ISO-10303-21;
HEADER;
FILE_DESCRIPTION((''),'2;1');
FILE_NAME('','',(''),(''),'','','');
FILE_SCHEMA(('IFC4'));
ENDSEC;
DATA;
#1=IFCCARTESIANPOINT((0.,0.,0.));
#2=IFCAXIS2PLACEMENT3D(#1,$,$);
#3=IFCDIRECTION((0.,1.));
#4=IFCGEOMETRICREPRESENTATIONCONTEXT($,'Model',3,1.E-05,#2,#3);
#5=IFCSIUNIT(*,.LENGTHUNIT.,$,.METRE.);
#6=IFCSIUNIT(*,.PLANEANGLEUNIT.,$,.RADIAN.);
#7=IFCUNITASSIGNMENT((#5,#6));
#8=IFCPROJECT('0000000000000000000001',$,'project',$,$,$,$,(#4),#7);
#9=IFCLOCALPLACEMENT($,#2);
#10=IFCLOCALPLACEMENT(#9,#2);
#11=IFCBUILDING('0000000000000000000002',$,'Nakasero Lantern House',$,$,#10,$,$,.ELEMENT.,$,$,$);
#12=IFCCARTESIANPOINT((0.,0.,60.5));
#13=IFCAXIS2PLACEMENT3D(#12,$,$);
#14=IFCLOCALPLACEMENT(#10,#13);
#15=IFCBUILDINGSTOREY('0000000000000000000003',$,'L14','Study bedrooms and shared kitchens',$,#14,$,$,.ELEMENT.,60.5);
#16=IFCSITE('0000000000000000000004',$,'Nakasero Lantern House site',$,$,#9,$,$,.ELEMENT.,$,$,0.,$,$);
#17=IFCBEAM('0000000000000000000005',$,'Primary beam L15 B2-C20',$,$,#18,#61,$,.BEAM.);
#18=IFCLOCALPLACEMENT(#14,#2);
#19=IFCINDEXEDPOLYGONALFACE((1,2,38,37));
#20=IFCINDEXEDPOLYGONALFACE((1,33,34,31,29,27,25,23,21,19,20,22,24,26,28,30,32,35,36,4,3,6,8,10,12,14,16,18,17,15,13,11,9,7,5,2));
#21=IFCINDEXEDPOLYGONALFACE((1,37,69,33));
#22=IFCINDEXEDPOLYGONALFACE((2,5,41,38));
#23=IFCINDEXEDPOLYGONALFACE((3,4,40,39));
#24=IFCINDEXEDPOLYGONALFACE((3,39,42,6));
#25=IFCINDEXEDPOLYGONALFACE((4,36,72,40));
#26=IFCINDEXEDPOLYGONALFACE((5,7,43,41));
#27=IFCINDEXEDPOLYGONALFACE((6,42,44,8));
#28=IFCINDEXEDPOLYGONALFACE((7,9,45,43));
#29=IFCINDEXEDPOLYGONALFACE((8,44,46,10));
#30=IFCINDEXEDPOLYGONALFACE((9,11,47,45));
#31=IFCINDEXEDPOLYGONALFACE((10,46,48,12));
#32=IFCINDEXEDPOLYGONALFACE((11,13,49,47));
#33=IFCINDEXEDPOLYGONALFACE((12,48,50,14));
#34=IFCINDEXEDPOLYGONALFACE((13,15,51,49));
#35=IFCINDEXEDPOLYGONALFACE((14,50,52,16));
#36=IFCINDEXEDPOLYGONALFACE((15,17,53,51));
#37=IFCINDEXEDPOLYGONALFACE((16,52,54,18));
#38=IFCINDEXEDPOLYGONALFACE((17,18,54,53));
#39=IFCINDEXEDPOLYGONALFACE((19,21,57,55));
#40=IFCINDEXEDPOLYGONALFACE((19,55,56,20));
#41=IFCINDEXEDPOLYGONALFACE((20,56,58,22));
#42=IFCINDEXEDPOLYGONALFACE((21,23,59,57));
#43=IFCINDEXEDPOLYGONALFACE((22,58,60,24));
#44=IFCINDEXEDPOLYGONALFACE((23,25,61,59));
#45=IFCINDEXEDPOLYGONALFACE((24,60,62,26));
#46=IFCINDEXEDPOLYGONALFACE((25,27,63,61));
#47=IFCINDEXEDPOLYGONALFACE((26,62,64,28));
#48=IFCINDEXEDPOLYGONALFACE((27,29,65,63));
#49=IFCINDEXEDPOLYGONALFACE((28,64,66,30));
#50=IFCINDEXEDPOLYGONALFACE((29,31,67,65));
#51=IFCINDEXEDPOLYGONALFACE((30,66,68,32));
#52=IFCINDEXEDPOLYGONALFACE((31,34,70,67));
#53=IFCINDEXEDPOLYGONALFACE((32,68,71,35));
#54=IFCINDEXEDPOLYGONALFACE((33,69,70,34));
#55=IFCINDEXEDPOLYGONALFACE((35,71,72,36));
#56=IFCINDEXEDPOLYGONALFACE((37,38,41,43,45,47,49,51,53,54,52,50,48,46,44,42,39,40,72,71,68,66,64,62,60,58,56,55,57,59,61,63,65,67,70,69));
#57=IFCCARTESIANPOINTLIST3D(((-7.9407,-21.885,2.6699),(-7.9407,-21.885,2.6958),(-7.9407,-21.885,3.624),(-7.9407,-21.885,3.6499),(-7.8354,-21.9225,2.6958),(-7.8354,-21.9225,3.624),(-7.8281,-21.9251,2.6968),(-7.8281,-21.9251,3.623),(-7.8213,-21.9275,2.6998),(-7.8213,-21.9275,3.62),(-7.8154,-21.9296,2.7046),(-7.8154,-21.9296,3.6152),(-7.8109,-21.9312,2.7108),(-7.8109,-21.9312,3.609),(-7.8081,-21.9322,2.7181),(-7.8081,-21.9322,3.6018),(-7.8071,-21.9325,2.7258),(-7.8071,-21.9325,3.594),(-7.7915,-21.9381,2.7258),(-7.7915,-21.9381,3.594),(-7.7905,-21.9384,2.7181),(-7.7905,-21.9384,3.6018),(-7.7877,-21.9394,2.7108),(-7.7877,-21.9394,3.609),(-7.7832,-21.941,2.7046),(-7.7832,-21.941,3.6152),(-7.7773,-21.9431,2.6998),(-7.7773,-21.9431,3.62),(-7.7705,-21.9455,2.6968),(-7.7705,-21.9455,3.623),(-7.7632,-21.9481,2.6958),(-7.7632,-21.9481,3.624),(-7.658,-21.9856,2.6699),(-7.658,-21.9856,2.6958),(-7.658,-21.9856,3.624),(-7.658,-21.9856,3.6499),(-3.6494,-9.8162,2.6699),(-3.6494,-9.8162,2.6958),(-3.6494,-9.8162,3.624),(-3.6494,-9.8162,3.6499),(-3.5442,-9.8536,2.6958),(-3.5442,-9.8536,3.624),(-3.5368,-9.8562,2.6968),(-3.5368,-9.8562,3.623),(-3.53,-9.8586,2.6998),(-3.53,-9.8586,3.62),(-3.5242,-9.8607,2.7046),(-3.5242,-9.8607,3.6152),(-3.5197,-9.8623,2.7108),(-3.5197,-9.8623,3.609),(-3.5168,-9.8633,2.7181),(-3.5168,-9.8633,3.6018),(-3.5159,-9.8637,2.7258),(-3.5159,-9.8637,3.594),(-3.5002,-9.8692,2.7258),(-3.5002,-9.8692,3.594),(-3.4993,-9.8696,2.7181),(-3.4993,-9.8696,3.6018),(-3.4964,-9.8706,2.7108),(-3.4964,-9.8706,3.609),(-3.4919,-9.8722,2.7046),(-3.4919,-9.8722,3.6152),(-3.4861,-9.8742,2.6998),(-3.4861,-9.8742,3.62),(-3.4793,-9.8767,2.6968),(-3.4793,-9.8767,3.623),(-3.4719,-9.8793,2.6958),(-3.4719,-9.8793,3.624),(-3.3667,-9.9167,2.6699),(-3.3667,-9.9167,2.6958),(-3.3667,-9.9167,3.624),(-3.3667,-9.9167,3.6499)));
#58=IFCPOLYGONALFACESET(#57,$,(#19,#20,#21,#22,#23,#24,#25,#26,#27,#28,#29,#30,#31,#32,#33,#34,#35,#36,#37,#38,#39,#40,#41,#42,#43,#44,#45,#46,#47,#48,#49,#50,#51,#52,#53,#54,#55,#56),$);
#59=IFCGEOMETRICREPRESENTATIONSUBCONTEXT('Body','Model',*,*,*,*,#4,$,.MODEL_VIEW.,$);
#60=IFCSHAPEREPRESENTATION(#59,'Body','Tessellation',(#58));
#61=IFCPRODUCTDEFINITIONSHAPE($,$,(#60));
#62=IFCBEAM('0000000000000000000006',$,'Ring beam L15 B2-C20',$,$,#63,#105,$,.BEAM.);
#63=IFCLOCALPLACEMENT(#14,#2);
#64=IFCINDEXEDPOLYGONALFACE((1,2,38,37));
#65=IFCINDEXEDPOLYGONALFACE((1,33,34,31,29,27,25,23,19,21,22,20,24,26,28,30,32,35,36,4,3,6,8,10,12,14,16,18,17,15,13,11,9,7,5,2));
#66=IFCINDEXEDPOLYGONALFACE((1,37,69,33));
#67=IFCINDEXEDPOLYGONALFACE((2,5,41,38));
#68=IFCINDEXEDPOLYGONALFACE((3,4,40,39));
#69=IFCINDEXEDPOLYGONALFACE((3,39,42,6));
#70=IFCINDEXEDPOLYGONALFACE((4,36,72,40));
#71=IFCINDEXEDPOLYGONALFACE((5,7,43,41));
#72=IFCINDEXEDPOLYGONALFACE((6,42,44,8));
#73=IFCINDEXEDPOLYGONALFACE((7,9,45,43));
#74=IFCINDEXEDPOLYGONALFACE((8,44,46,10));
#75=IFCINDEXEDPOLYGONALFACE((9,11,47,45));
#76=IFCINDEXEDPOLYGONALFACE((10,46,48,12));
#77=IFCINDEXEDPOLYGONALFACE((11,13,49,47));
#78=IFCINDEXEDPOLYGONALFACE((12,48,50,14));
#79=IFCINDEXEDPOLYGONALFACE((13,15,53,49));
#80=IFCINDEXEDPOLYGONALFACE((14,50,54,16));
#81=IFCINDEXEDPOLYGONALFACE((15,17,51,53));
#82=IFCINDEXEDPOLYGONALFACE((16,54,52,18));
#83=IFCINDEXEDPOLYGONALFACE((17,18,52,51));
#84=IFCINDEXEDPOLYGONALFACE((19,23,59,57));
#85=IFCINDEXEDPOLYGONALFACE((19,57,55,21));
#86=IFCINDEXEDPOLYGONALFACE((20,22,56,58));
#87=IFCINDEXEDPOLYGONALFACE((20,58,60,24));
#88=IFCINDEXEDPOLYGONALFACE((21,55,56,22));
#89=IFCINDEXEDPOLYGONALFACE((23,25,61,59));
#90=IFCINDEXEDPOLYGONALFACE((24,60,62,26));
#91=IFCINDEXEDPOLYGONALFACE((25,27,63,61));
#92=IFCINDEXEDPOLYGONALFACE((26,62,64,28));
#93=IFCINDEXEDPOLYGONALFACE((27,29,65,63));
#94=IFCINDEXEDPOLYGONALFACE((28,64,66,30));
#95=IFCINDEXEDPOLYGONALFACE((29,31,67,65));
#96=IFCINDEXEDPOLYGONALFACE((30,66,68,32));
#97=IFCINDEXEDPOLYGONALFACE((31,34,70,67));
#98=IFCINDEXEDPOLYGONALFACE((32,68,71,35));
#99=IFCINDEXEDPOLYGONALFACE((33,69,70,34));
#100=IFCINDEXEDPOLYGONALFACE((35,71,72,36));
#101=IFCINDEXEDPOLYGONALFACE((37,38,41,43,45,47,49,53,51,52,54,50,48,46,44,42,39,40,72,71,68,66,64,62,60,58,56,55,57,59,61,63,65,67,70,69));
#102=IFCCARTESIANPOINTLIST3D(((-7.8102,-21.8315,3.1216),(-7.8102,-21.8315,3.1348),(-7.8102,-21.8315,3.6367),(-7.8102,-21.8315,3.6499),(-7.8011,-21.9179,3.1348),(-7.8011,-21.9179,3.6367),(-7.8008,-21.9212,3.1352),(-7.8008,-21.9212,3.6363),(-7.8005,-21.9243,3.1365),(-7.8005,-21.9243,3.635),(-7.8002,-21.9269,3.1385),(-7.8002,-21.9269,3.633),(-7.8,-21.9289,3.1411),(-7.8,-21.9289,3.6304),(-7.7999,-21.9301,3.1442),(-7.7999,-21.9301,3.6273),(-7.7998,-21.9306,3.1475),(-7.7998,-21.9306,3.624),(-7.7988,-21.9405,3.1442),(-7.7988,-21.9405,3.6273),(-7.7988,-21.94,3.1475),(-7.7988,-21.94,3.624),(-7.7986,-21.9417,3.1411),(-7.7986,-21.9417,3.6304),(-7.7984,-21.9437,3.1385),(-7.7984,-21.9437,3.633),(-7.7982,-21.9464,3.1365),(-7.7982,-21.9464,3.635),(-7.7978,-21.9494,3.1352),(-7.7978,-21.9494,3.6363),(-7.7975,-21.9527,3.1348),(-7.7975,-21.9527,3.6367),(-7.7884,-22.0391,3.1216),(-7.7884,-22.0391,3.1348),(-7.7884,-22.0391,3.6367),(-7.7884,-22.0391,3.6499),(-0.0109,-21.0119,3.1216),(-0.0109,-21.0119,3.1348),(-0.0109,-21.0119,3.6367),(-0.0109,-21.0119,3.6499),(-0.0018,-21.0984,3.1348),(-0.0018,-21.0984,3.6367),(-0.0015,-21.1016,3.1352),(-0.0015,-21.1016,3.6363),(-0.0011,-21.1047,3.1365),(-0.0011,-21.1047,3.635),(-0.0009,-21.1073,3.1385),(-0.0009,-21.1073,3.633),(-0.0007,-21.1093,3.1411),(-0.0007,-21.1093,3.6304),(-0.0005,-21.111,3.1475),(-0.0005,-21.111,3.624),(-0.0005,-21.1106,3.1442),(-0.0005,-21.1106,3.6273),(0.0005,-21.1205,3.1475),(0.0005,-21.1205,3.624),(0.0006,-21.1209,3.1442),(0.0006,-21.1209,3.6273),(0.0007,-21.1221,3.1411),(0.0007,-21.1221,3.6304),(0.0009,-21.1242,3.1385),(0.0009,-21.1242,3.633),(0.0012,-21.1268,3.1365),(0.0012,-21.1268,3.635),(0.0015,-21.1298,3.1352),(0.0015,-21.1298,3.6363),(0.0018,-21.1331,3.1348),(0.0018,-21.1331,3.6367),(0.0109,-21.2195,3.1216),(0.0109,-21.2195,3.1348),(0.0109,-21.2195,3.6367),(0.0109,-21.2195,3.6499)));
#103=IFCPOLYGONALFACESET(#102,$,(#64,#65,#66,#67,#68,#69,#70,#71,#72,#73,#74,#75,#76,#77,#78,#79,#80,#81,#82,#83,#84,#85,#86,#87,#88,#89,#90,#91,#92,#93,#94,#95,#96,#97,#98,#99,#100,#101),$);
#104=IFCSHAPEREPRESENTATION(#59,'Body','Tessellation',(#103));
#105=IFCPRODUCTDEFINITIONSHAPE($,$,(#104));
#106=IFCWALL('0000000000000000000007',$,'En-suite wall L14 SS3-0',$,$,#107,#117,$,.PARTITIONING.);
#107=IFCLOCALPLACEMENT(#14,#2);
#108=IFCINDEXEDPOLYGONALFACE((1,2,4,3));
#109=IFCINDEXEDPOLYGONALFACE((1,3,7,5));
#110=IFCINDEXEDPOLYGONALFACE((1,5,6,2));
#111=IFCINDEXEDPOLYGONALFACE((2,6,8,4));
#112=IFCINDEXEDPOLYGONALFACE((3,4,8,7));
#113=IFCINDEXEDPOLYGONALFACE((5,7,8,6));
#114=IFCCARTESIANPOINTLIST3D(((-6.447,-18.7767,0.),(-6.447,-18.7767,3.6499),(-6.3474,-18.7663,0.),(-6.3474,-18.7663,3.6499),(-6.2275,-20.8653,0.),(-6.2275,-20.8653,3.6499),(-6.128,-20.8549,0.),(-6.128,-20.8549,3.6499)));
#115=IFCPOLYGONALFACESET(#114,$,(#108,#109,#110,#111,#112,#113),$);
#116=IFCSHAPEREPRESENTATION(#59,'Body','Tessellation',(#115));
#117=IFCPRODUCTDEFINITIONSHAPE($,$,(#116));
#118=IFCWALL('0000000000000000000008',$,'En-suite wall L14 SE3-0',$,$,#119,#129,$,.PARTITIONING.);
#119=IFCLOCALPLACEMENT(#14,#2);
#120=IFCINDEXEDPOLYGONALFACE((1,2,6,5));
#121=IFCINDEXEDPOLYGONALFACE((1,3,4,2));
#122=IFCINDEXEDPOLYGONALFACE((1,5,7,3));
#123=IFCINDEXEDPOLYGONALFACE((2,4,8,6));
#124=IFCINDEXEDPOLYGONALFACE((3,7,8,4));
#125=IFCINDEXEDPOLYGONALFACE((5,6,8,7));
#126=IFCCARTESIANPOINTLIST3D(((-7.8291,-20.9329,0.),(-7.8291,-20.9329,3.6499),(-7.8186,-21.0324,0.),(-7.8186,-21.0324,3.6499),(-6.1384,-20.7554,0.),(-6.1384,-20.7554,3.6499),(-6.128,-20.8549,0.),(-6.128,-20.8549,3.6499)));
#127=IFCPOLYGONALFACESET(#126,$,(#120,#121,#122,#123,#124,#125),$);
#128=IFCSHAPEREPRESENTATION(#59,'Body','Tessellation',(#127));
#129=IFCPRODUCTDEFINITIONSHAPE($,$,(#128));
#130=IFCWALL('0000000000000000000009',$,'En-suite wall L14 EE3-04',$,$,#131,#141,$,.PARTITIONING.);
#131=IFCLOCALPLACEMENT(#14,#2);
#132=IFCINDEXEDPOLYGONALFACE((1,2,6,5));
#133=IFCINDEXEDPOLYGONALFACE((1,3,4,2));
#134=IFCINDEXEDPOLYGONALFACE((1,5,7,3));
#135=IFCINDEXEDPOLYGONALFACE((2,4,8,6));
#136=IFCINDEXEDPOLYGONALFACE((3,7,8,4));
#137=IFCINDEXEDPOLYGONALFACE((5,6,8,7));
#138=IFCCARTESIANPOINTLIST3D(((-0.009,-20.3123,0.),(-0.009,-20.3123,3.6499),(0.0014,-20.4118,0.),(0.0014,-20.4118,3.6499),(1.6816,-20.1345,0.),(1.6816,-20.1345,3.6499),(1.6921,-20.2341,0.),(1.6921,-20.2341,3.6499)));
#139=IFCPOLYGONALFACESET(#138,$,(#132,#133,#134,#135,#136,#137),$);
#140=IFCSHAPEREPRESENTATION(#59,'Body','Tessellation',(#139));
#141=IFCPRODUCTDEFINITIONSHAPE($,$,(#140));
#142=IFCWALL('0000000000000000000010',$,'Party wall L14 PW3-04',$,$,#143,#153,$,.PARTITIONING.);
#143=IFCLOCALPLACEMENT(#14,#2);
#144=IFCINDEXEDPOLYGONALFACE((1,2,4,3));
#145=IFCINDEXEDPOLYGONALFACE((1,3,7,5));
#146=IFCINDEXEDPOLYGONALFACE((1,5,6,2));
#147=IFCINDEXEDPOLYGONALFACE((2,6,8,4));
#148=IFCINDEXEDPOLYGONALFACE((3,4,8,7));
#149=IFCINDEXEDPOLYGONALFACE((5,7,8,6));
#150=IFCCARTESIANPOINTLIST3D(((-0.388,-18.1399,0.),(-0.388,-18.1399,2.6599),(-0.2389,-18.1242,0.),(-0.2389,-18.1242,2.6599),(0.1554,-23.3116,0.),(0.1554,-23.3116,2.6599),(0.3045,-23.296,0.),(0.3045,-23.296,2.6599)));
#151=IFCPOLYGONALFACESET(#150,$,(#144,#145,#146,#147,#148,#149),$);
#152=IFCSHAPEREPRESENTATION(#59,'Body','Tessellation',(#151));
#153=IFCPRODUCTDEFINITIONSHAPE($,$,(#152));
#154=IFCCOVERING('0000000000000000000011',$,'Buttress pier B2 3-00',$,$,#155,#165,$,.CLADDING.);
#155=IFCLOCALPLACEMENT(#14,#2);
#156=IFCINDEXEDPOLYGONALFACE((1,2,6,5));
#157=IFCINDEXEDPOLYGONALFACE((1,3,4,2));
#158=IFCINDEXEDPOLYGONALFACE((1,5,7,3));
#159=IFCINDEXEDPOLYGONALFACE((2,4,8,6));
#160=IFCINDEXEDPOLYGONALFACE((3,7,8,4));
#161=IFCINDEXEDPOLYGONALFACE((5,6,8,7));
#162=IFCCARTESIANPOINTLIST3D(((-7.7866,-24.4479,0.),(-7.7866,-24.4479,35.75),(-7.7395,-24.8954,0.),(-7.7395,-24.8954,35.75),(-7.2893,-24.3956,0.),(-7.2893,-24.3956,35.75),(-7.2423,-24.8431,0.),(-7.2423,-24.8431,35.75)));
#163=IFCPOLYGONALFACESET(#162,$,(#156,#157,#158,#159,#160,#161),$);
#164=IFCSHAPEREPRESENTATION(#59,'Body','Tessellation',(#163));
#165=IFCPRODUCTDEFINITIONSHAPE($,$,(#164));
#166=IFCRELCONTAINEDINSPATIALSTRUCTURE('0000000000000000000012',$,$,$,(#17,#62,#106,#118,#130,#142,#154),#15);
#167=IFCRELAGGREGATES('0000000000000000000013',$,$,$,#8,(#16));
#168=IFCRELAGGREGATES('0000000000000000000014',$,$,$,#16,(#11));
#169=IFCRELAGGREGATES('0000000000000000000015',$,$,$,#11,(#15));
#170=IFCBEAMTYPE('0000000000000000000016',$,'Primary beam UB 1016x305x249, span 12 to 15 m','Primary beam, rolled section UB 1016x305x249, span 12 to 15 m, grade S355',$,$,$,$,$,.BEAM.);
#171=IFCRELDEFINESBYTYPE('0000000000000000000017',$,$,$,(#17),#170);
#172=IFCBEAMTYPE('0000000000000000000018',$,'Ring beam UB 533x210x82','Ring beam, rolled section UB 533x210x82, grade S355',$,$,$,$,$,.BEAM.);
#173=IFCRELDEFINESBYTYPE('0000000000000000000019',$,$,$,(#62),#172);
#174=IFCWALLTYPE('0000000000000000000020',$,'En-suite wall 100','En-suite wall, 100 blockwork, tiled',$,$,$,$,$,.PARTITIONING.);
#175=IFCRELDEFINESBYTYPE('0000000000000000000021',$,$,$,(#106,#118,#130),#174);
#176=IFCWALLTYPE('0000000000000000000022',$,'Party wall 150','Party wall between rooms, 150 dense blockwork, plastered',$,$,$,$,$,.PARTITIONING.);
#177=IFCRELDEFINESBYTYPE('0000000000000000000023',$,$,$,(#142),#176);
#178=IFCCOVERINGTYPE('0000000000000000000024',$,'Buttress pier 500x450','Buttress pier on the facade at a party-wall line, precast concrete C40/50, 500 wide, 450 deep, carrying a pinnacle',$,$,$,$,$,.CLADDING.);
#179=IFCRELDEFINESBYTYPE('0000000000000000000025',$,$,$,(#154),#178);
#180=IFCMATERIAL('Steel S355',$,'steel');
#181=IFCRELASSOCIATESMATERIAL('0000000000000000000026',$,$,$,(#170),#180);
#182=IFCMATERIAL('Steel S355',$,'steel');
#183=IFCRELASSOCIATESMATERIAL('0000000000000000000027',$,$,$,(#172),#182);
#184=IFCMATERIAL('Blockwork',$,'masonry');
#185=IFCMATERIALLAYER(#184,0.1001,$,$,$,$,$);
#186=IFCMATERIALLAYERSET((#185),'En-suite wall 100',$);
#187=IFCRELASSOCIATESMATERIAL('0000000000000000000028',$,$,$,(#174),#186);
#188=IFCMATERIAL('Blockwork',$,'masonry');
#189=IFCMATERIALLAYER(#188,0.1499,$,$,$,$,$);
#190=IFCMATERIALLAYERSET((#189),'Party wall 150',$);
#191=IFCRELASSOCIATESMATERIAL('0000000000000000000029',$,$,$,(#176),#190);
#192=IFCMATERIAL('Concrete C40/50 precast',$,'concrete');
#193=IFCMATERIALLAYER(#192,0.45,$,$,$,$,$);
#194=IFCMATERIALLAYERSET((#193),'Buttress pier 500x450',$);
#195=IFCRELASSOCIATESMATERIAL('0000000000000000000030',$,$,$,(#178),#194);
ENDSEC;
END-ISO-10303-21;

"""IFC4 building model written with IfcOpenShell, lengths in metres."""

from ifc_helpers import new_model, si_unit, direction, frame, frame_2d, origin, origin_2d, place, context, subcontext, project, spatial, rectangle, i_section, extrude, material, layer, layer_set, material_profile, profile_set, type_object, element, save


model = new_model("IFC4")

# Units and contexts
model_context = context("Model", 3, precision=1e-05, world=origin(), true_north=direction((0.0, 1.0)))
body_context = subcontext(model_context, "Body", "Model", "MODEL_VIEW")
ifc_project = project(units=[si_unit("LENGTHUNIT", "METRE"), si_unit("PLANEANGLEUNIT", "RADIAN")], contexts=[model_context])

# Site, building, storey
site_placement = place(None, origin())
site = spatial("IfcSite", under=ifc_project, at=site_placement, Name="Nakasero Lantern House site", CompositionType="ELEMENT", RefElevation=0.0)
building_placement = place(site_placement, origin())
building = spatial("IfcBuilding", under=site, at=building_placement, Name="Nakasero Lantern House", CompositionType="ELEMENT")
storey_placement = place(building_placement, frame((0.0, 0.0, 60.5)))
storey = spatial("IfcBuildingStorey", under=building, at=storey_placement, Name="L14", Description="Study bedrooms and shared kitchens", CompositionType="ELEMENT", Elevation=60.5)

# Beams
ifc_material_1 = material(Name="Steel S355", Category="steel")
ifc_material_profile_1 = material_profile(ifc_material_1, i_section(OverallWidth=0.3, OverallDepth=0.98, WebThickness=0.0166, FlangeThickness=0.0259, FilletRadius=0.03, at=origin_2d()), Name="UB 1016x305x249")
ifc_profile_set_1 = profile_set([ifc_material_profile_1], Name="Steel S355")
beam_type_1 = type_object("IfcBeamType", Name="Primary beam UB 1016x305x249, span 12 to 15 m", Description="Primary beam, rolled section UB 1016x305x249, span 12 to 15 m, grade S355", PredefinedType="BEAM", material=ifc_profile_set_1)
beam_1_placement = place(storey_placement, frame((-7.7993, -21.9353, 3.1599), z_axis=(0.335018, 0.942212, 0.0), x_axis=(-0.942212, 0.335018, 0.0)))
element("IfcBeam", 1, at=beam_1_placement, inside=storey, type_object=beam_type_1, Name="Primary beam L15 B2-C20", PredefinedType="BEAM", context=body_context, shape_type="SweptSolid", body=[
    extrude(i_section(OverallWidth=0.3, OverallDepth=0.98, WebThickness=0.0166, FlangeThickness=0.0259, FilletRadius=0.03, at=origin_2d()), origin(), (0.0, 0.0, 1.0), 12.8091),
])
ifc_material_2 = material(Name="Steel S355", Category="steel")
ifc_material_profile_2 = material_profile(ifc_material_2, i_section(OverallWidth=0.2087, OverallDepth=0.5283, WebThickness=0.0095, FlangeThickness=0.0132, FilletRadius=0.0127, at=origin_2d()), Name="UB 533x210x82")
ifc_profile_set_2 = profile_set([ifc_material_profile_2], Name="Steel S355")
beam_type_2 = type_object("IfcBeamType", Name="Ring beam UB 533x210x82", Description="Ring beam, rolled section UB 533x210x82, grade S355", PredefinedType="BEAM", material=ifc_profile_set_2)
beam_2_placement = place(storey_placement, frame((-7.7993, -21.9353, 3.3857), z_axis=(0.994524, 0.104508, 0.0), x_axis=(-0.104508, 0.994524, 0.0)))
element("IfcBeam", 2, at=beam_2_placement, inside=storey, type_object=beam_type_2, Name="Ring beam L15 B2-C20", PredefinedType="BEAM", context=body_context, shape_type="SweptSolid", body=[
    extrude(i_section(OverallWidth=0.2087, OverallDepth=0.5283, WebThickness=0.0095, FlangeThickness=0.0132, FilletRadius=0.0127, at=origin_2d()), origin(), (0.0, 0.0, 1.0), 7.8423),
])

# Walls
ifc_material_3 = material(Name="Blockwork", Category="masonry")
ifc_layer_1 = layer(ifc_material_3, 0.1001)
ifc_layer_set_1 = layer_set([ifc_layer_1], Name="En-suite wall 100")
wall_type_1 = type_object("IfcWallType", Name="En-suite wall 100", Description="En-suite wall, 100 blockwork, tiled", PredefinedType="PARTITIONING", material=ifc_layer_set_1)
wall_1_placement = place(storey_placement, frame((-6.3972, -18.7715, 0.0), z_axis=(0.0, 0.0, 1.0), x_axis=(0.104509, -0.994524, 0.0)))
element("IfcWall", 3, at=wall_1_placement, inside=storey, type_object=wall_type_1, Name="En-suite wall L14 SS3-0", PredefinedType="PARTITIONING", context=body_context, shape_type="SweptSolid", body=[
    extrude(rectangle(XDim=2.1001, YDim=0.1001, at=frame_2d((1.05, 0.0))), origin(), (0.0, 0.0, 1.0), 3.6499),
])
for number, where, z_axis, x_axis, name in (
    (4, (-7.824, -20.9827, 0.0), (0.0, 0.0, 1.0), (0.994535, 0.104408, 0.0), "En-suite wall L14 SE3-0"),
    (5, (-0.0039, -20.3621, 0.0), (0.0, 0.0, 1.0), (0.99452, 0.10455, 0.0), "En-suite wall L14 EE3-04"),
):
    element("IfcWall", number, at=place(storey_placement, frame(where, z_axis=z_axis, x_axis=x_axis)), inside=storey, type_object=wall_type_1, Name=name, PredefinedType="PARTITIONING", context=body_context, shape_type="SweptSolid", body=[
        extrude(rectangle(XDim=1.7, YDim=0.1001, at=frame_2d((0.8501, 0.0))), origin(), (0.0, 0.0, 1.0), 3.6499),
    ])
ifc_material_4 = material(Name="Blockwork", Category="masonry")
ifc_layer_2 = layer(ifc_material_4, 0.1499)
ifc_layer_set_2 = layer_set([ifc_layer_2], Name="Party wall 150")
wall_type_2 = type_object("IfcWallType", Name="Party wall 150", Description="Party wall between rooms, 150 dense blockwork, plastered", PredefinedType="PARTITIONING", material=ifc_layer_set_2)
wall_2_placement = place(storey_placement, frame((-0.3135, -18.1321, 0.0), z_axis=(0.0, 0.0, 1.0), x_axis=(0.104509, -0.994524, 0.0)))
element("IfcWall", 6, at=wall_2_placement, inside=storey, type_object=wall_type_2, Name="Party wall L14 PW3-04", PredefinedType="PARTITIONING", context=body_context, shape_type="SweptSolid", body=[
    extrude(rectangle(XDim=5.2002, YDim=0.1499, at=frame_2d((2.6001, 0.0))), origin(), (0.0, 0.0, 1.0), 2.6599),
])

# Covering
ifc_material_5 = material(Name="Concrete C40/50 precast", Category="concrete")
ifc_layer_3 = layer(ifc_material_5, 0.45)
ifc_layer_set_3 = layer_set([ifc_layer_3], Name="Buttress pier 500x450")
covering_type = type_object("IfcCoveringType", Name="Buttress pier 500x450", Description="Buttress pier on the facade at a party-wall line, precast concrete C40/50, 500 wide, 450 deep, carrying a pinnacle", PredefinedType="CLADDING", material=ifc_layer_set_3)
covering_placement = place(storey_placement, frame((-7.5144, -24.6455, 0.0), z_axis=(0.0, 0.0, 1.0), x_axis=(0.104528, -0.994522, 0.0)))
element("IfcCovering", 7, at=covering_placement, inside=storey, type_object=covering_type, Name="Buttress pier B2 3-00", PredefinedType="CLADDING", context=body_context, shape_type="SweptSolid", body=[
    extrude(rectangle(XDim=0.45, YDim=0.5, at=origin_2d()), origin(), (0.0, 0.0, 1.0), 35.75),
])

save(model, "model.ifc")
